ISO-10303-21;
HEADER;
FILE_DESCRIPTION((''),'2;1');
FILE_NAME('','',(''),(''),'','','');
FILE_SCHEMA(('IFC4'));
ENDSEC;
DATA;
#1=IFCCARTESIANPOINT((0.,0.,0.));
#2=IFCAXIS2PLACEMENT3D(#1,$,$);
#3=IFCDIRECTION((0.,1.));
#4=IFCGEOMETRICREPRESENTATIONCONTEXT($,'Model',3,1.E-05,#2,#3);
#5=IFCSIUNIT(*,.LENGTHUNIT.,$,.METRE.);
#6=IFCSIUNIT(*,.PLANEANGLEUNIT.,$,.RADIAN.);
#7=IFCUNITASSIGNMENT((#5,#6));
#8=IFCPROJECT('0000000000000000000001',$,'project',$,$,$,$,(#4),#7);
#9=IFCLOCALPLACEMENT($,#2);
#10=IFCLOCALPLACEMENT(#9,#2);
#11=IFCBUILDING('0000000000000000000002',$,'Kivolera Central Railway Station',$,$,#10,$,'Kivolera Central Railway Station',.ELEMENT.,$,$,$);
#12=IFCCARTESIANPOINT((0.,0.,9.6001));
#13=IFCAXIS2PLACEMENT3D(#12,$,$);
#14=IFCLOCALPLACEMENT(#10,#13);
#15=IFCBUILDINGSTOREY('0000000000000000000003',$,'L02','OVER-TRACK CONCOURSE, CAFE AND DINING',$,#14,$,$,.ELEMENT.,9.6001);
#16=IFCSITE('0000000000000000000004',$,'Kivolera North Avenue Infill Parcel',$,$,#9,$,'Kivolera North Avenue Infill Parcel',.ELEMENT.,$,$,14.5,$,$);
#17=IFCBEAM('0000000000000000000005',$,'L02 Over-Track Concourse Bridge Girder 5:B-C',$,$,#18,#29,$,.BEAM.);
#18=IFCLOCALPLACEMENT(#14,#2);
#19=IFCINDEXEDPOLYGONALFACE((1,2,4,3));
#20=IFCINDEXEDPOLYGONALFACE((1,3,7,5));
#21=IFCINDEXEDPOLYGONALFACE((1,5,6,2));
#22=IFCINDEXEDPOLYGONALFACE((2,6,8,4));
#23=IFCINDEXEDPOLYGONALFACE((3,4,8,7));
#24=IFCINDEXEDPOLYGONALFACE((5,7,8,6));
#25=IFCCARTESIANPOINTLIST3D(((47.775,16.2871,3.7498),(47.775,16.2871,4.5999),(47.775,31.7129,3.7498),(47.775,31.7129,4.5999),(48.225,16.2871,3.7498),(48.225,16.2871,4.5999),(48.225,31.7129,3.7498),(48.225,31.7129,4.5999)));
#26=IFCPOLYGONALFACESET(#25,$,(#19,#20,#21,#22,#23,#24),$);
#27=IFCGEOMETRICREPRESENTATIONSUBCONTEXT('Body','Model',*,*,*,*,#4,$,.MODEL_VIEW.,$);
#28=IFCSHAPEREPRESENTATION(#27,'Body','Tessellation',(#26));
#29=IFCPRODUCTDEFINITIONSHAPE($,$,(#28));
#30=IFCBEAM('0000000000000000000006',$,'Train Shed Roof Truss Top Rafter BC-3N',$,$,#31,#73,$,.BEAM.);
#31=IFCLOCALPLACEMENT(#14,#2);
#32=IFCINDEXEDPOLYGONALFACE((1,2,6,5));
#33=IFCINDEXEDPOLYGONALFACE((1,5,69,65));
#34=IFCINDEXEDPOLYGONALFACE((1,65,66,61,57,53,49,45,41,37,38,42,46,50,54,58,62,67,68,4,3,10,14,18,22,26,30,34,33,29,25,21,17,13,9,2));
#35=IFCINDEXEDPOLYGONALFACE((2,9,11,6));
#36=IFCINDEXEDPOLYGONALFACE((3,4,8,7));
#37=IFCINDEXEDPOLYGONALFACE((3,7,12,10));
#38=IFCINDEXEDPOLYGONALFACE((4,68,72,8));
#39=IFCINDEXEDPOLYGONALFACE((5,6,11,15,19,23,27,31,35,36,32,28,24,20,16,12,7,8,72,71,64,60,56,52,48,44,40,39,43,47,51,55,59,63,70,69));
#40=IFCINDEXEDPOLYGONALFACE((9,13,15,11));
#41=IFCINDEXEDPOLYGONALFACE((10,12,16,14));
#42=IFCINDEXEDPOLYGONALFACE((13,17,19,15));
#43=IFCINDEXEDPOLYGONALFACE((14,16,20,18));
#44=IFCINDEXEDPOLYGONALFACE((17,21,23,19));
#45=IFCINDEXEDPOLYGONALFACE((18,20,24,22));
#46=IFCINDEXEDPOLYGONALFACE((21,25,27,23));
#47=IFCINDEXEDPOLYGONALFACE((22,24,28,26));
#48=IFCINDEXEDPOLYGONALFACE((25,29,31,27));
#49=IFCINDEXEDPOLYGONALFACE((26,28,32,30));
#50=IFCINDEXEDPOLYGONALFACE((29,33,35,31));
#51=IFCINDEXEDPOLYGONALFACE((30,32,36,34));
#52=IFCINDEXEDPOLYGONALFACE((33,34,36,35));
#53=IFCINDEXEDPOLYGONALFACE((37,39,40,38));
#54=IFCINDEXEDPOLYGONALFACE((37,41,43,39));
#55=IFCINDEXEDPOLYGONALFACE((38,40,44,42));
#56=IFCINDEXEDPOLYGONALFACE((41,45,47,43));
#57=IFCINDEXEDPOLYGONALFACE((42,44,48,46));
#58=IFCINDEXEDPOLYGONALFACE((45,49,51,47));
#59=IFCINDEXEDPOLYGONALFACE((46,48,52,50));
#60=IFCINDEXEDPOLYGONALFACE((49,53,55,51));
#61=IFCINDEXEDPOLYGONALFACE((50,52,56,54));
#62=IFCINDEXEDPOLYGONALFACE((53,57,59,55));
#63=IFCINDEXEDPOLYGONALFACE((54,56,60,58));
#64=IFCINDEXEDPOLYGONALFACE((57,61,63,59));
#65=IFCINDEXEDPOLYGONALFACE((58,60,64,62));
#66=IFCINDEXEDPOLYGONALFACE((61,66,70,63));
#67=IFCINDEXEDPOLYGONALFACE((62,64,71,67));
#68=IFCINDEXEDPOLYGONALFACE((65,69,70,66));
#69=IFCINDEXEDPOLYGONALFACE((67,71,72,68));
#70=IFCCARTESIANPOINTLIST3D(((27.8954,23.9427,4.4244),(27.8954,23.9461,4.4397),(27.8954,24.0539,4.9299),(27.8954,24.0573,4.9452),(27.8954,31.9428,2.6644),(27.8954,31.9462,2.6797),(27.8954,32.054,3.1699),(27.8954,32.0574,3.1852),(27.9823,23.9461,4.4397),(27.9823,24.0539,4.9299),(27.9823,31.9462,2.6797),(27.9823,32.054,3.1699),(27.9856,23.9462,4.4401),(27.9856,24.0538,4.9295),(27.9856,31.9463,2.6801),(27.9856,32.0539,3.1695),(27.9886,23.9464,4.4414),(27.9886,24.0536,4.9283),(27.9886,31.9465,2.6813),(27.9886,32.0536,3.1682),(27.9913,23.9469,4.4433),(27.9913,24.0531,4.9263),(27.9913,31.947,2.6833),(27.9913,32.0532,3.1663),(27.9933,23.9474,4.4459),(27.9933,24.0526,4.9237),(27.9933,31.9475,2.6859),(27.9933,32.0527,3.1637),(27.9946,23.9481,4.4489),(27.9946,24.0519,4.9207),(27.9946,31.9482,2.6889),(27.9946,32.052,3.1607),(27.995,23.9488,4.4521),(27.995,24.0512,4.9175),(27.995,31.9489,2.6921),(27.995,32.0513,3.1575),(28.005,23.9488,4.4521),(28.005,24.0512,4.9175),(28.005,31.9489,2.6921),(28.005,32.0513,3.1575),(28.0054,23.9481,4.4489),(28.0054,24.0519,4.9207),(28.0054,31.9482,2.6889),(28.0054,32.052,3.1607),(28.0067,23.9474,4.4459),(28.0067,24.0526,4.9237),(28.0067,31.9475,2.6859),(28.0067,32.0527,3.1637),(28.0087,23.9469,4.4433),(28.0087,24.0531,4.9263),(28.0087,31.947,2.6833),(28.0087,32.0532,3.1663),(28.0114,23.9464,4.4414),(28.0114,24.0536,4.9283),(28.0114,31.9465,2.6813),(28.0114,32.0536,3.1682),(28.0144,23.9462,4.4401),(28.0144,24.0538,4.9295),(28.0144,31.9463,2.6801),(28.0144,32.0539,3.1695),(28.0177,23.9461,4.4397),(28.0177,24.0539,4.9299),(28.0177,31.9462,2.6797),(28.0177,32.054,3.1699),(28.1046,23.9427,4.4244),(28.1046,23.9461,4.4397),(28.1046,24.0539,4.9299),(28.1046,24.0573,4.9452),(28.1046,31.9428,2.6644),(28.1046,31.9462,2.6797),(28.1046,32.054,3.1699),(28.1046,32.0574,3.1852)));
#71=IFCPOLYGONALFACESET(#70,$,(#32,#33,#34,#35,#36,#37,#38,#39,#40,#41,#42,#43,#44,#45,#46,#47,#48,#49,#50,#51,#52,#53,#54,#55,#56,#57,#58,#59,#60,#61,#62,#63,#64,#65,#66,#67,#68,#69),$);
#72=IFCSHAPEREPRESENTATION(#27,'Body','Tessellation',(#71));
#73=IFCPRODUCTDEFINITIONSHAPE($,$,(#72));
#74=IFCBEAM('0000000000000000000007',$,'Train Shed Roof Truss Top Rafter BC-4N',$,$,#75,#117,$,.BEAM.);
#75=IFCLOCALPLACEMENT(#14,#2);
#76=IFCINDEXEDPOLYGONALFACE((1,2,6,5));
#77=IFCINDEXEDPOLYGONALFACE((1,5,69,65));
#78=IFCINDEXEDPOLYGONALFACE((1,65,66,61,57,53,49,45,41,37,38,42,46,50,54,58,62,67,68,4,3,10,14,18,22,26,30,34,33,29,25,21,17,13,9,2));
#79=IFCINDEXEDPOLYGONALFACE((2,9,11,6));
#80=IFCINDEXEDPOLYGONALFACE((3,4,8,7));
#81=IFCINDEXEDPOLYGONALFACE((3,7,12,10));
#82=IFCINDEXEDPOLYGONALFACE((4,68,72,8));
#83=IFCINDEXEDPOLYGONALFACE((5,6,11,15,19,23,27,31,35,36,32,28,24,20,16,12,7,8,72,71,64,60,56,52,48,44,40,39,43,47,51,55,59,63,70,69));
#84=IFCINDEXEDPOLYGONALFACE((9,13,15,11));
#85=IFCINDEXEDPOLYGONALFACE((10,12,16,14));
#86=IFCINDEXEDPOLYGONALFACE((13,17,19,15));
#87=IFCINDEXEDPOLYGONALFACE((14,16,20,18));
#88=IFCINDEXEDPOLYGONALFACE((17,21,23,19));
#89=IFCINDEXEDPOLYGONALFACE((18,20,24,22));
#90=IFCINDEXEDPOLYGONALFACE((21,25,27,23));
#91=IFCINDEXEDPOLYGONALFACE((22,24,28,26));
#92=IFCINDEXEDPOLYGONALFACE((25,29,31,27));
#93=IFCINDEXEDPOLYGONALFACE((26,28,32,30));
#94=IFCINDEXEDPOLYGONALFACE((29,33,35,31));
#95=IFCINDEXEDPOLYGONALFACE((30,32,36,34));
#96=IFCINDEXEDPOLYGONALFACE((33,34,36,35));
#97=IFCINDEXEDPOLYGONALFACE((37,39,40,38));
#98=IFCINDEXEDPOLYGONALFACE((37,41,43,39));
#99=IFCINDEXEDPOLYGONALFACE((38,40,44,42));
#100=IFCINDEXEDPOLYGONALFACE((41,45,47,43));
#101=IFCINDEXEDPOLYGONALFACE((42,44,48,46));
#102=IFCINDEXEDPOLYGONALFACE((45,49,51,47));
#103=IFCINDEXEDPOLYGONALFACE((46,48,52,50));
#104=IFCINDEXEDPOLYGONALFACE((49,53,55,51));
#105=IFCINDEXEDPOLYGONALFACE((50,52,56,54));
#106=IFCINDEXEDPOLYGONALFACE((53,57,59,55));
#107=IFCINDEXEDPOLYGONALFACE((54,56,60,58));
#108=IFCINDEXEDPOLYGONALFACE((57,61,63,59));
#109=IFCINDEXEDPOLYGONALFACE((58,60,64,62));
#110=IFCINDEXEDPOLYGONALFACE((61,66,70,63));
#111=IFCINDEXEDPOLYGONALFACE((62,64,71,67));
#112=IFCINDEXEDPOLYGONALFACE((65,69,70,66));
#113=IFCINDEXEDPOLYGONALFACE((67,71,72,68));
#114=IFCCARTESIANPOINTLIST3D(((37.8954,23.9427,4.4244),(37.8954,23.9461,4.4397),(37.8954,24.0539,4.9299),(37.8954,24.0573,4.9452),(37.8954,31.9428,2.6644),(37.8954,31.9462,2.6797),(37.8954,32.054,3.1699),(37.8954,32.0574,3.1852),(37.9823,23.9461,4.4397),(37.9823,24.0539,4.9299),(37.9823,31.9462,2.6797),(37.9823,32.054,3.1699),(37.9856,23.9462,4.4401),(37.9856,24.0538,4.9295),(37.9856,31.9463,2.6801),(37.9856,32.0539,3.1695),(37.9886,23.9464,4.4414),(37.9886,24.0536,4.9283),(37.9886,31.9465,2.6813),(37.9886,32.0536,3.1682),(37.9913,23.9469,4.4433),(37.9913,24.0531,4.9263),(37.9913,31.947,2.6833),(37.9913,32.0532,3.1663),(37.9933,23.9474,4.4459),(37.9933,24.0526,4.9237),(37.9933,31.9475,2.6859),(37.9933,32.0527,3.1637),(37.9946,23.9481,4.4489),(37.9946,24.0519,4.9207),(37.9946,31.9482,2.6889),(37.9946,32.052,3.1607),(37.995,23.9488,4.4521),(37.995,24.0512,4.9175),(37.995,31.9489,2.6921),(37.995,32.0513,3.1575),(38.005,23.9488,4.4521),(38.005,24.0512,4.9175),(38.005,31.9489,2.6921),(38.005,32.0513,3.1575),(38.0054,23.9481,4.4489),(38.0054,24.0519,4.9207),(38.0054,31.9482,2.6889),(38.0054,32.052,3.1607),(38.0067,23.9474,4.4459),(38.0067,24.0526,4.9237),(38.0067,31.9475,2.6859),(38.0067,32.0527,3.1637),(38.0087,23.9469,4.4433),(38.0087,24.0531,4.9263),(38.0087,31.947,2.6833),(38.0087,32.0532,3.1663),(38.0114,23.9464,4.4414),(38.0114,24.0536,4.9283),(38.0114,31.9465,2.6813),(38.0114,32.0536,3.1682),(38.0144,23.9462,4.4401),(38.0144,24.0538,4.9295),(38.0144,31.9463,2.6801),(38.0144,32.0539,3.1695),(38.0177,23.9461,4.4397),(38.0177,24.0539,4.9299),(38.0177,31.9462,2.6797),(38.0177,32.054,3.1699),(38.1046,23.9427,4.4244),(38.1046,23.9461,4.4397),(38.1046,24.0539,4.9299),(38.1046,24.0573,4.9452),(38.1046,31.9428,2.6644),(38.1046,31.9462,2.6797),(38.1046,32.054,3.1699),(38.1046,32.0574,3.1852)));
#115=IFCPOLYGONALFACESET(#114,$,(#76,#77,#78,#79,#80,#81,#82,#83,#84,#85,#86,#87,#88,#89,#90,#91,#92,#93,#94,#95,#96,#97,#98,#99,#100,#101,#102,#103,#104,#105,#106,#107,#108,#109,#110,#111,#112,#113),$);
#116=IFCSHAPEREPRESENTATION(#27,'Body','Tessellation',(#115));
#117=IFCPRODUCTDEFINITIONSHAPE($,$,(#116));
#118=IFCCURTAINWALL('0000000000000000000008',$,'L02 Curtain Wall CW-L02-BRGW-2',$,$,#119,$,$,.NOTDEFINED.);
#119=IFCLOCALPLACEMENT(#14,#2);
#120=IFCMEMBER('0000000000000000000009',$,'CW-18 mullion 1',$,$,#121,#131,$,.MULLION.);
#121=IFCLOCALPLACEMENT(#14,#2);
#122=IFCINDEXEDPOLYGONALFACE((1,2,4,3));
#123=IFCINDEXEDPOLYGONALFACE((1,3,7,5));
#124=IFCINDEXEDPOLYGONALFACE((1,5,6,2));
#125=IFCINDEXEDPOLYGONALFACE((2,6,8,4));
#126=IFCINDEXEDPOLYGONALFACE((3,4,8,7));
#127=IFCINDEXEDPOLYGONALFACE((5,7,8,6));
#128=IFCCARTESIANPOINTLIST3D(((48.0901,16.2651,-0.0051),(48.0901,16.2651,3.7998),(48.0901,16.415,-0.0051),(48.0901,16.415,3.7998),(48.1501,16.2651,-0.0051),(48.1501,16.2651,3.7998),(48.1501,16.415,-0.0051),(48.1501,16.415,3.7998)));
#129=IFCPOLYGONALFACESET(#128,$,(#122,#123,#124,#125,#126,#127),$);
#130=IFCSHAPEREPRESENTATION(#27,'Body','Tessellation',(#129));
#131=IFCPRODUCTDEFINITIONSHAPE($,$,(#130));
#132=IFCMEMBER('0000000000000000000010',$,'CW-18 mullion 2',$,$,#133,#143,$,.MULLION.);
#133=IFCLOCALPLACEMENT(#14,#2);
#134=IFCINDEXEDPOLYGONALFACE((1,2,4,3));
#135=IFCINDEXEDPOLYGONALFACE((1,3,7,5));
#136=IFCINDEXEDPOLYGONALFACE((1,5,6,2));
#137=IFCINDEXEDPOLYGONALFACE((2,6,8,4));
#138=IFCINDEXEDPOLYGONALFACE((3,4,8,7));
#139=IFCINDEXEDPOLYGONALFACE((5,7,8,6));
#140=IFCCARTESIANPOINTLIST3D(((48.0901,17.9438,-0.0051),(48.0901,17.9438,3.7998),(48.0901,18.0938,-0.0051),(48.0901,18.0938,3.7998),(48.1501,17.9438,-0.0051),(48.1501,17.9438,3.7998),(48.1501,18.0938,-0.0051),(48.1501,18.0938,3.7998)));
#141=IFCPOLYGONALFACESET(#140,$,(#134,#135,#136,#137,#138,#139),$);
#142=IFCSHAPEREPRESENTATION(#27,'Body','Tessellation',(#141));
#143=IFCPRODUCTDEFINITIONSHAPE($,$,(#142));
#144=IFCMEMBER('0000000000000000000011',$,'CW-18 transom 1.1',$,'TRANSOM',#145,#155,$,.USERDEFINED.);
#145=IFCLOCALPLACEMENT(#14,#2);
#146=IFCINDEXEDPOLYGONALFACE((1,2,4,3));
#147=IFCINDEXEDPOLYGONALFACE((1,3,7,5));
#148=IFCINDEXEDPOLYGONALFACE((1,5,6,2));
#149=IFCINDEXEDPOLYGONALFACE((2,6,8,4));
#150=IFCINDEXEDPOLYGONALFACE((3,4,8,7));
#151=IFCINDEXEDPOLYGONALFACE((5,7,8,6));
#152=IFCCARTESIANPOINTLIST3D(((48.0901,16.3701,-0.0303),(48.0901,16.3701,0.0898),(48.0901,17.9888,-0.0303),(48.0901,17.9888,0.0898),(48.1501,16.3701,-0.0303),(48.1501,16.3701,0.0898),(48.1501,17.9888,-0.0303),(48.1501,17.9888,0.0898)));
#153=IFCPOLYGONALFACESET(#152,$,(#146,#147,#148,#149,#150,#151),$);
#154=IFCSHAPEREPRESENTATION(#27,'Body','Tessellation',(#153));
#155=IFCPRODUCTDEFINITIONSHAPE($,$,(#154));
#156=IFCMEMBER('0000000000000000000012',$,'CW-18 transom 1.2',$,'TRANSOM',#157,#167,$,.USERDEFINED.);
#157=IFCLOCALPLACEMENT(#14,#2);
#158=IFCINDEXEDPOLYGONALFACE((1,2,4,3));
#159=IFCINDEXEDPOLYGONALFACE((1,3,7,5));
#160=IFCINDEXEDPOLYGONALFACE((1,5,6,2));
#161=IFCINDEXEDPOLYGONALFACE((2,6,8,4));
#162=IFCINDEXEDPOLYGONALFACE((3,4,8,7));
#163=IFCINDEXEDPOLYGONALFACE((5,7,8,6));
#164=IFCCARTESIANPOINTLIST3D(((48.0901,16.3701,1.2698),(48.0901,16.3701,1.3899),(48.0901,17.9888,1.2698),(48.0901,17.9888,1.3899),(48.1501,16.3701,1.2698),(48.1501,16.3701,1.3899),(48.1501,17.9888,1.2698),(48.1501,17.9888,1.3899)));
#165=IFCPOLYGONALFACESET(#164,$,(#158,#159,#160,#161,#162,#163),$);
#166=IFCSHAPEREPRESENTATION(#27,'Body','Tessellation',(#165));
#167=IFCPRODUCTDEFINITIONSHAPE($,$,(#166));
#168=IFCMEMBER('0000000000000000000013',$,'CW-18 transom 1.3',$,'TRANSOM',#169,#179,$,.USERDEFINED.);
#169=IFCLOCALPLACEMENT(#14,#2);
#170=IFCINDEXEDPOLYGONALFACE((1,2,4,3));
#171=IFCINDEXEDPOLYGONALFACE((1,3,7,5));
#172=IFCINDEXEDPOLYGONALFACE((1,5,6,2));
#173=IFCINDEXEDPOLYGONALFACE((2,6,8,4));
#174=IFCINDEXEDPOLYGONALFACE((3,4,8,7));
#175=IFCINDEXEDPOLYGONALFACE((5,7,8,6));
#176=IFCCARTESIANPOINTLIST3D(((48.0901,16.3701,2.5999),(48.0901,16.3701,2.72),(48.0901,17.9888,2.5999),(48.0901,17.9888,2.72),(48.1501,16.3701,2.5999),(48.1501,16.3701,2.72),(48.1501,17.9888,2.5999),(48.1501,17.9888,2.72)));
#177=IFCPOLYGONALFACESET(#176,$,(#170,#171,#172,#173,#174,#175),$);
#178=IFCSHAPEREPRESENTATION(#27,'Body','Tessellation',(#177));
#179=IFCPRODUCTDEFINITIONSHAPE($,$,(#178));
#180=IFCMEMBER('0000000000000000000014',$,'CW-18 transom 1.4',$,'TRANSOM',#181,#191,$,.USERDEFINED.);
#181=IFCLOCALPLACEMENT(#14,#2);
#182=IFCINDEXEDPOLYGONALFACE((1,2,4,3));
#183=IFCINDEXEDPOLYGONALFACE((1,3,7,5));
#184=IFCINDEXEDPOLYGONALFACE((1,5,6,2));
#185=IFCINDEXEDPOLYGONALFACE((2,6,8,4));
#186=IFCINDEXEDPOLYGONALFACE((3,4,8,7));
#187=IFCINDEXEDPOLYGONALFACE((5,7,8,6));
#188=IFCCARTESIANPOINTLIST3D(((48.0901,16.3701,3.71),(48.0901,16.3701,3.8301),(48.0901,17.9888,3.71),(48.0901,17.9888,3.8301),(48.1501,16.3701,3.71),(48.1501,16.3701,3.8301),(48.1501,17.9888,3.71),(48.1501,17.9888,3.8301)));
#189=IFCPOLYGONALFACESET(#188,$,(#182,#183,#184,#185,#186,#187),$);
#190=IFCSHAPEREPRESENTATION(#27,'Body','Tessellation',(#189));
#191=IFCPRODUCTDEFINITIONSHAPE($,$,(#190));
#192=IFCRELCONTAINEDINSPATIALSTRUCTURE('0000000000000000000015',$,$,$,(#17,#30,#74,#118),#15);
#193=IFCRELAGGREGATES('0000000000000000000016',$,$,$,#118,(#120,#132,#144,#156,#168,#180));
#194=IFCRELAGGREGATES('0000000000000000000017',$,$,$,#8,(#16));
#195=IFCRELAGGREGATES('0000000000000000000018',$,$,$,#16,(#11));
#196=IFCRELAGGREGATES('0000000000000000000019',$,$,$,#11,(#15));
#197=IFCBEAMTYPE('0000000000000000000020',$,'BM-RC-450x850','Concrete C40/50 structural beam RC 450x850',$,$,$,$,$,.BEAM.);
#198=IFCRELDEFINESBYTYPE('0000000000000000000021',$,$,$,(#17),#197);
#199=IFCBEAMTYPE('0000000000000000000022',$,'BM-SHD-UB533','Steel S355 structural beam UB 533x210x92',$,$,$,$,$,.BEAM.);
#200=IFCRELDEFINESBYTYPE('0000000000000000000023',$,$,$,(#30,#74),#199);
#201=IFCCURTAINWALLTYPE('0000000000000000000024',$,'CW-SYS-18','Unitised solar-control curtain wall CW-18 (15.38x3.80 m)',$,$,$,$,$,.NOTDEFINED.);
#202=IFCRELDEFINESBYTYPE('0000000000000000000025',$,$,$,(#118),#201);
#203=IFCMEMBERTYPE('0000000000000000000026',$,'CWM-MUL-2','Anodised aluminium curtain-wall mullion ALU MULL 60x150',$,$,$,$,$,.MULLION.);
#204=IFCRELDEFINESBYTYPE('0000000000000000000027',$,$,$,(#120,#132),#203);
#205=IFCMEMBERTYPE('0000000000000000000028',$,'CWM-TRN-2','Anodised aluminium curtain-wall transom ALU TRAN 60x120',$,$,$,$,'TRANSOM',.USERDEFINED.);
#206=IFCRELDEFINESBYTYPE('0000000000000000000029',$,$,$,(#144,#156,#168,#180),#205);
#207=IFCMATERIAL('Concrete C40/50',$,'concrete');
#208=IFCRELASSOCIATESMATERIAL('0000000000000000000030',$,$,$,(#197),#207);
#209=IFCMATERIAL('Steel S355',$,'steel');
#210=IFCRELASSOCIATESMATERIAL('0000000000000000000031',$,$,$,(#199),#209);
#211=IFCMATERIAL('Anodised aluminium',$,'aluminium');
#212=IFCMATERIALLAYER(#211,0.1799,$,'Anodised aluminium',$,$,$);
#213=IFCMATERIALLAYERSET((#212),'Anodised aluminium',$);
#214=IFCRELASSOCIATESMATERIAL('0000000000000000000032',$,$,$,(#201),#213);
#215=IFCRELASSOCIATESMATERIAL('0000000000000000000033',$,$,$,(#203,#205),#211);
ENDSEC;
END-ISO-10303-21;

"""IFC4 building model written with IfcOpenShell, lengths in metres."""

from ifc_helpers import new_model, si_unit, direction, frame, origin, origin_2d, place, context, subcontext, project, spatial, rectangle, i_section, extrude, material, layer, layer_set, material_profile, profile_set, type_object, element, aggregate, save


model = new_model("IFC4")

# Units and contexts
model_context = context("Model", 3, precision=1e-05, world=origin(), true_north=direction((0.0, 1.0)))
body_context = subcontext(model_context, "Body", "Model", "MODEL_VIEW")
ifc_project = project(units=[si_unit("LENGTHUNIT", "METRE"), si_unit("PLANEANGLEUNIT", "RADIAN")], contexts=[model_context])

# Site, building, storey
site_placement = place(None, origin())
site = spatial("IfcSite", under=ifc_project, at=site_placement, Name="Kivolera North Avenue Infill Parcel", LongName="Kivolera North Avenue Infill Parcel", CompositionType="ELEMENT", RefElevation=14.5)
building_placement = place(site_placement, origin())
building = spatial("IfcBuilding", under=site, at=building_placement, Name="Kivolera Central Railway Station", LongName="Kivolera Central Railway Station", CompositionType="ELEMENT")
storey_placement = place(building_placement, frame((0.0, 0.0, 9.6001)))
storey = spatial("IfcBuildingStorey", under=building, at=storey_placement, Name="L02", Description="OVER-TRACK CONCOURSE, CAFE AND DINING", CompositionType="ELEMENT", Elevation=9.6001)

# Beams
ifc_material_1 = material(Name="Concrete C40/50", Category="concrete")
ifc_material_profile_1 = material_profile(ifc_material_1, rectangle(XDim=0.45, YDim=0.8501, at=origin_2d()), Name="RC 450x850")
ifc_profile_set_1 = profile_set([ifc_material_profile_1], Name="Concrete C40/50")
beam_type_1 = type_object("IfcBeamType", Name="BM-RC-450x850", Description="Concrete C40/50 structural beam RC 450x850", PredefinedType="BEAM", material=ifc_profile_set_1)
beam_placement = place(storey_placement, frame((48.0, 16.2871, 4.1748), z_axis=(0.0, 1.0, 0.0), x_axis=(-1.0, 0.0, 0.0)))
element("IfcBeam", 1, at=beam_placement, inside=storey, type_object=beam_type_1, Name="L02 Over-Track Concourse Bridge Girder 5:B-C", PredefinedType="BEAM", context=body_context, shape_type="SweptSolid", body=[
    extrude(rectangle(XDim=0.45, YDim=0.8501, at=origin_2d()), origin(), (0.0, 0.0, 1.0), 15.4258),
])
ifc_material_2 = material(Name="Steel S355", Category="steel")
ifc_material_profile_2 = material_profile(ifc_material_2, i_section(OverallWidth=0.2092, OverallDepth=0.5332, WebThickness=0.01, FlangeThickness=0.0156, FilletRadius=0.0127, at=origin_2d()), Name="UB 533x210x92")
ifc_profile_set_2 = profile_set([ifc_material_profile_2], Name="Steel S355")
beam_type_2 = type_object("IfcBeamType", Name="BM-SHD-UB533", Description="Steel S355 structural beam UB 533x210x92", PredefinedType="BEAM", material=ifc_profile_set_2)
for number, where, z_axis, x_axis, name in (
    (2, (28.0, 24.0, 4.6848), (0.0, 0.976644, -0.214863), (-1.0, 0.0, 0.0), "Train Shed Roof Truss Top Rafter BC-3N"),
    (3, (38.0, 24.0, 4.6848), (0.0, 0.976644, -0.214863), (-1.0, 0.0, 0.0), "Train Shed Roof Truss Top Rafter BC-4N"),
):
    element("IfcBeam", number, at=place(storey_placement, frame(where, z_axis=z_axis, x_axis=x_axis)), inside=storey, type_object=beam_type_2, Name=name, PredefinedType="BEAM", context=body_context, shape_type="SweptSolid", body=[
        extrude(i_section(OverallWidth=0.2092, OverallDepth=0.5332, WebThickness=0.01, FlangeThickness=0.0156, FilletRadius=0.0127, at=origin_2d()), origin(), (0.0, 0.0, 1.0), 8.1914),
    ])

# Curtain wall, members
ifc_material_3 = material(Name="Anodised aluminium", Category="aluminium")
ifc_layer_1 = layer(ifc_material_3, 0.1799, Name="Anodised aluminium")
ifc_layer_set_1 = layer_set([ifc_layer_1], Name="Anodised aluminium")
curtain_wall_type = type_object("IfcCurtainWallType", Name="CW-SYS-18", Description="Unitised solar-control curtain wall CW-18 (15.38x3.80 m)", PredefinedType="NOTDEFINED", material=ifc_layer_set_1)
curtain_wall_placement = place(storey_placement, origin())
curtain_wall = element("IfcCurtainWall", 4, at=curtain_wall_placement, inside=storey, type_object=curtain_wall_type, Name="L02 Curtain Wall CW-L02-BRGW-2", PredefinedType="NOTDEFINED")
ifc_material_profile_3 = material_profile(ifc_material_3, rectangle(XDim=0.0601, YDim=0.1499, at=origin_2d()), Name="ALU MULL 60x150")
ifc_profile_set_3 = profile_set([ifc_material_profile_3], Name="Anodised aluminium")
member_type_1 = type_object("IfcMemberType", Name="CWM-MUL-2", Description="Anodised aluminium curtain-wall mullion ALU MULL 60x150", PredefinedType="MULLION", material=ifc_profile_set_3)
member_1_placement = place(storey_placement, frame((48.1201, 16.3401, -0.0051), z_axis=(0.0, 0.0, 1.0), x_axis=(-1.0, 0.0, 0.0)))
member_1 = element("IfcMember", 5, at=member_1_placement, type_object=member_type_1, Name="CW-18 mullion 1", PredefinedType="MULLION", context=body_context, shape_type="SweptSolid", body=[
    extrude(rectangle(XDim=0.0601, YDim=0.1499, at=origin_2d()), origin(), (0.0, 0.0, 1.0), 3.8049),
])
member_2_placement = place(storey_placement, frame((48.1201, 18.0188, -0.0051), z_axis=(0.0, 0.0, 1.0), x_axis=(-1.0, 0.0, 0.0)))
member_2 = element("IfcMember", 6, at=member_2_placement, type_object=member_type_1, Name="CW-18 mullion 2", PredefinedType="MULLION", context=body_context, shape_type="SweptSolid", body=[
    extrude(rectangle(XDim=0.0601, YDim=0.1499, at=origin_2d()), origin(), (0.0, 0.0, 1.0), 3.8049),
])
ifc_material_profile_4 = material_profile(ifc_material_3, rectangle(XDim=0.0601, YDim=0.1201, at=origin_2d()), Name="ALU TRAN 60x120")
ifc_profile_set_4 = profile_set([ifc_material_profile_4], Name="Anodised aluminium")
member_type_2 = type_object("IfcMemberType", Name="CWM-TRN-2", Description="Anodised aluminium curtain-wall transom ALU TRAN 60x120", ElementType="TRANSOM", PredefinedType="USERDEFINED", material=ifc_profile_set_4)
member_3_placement = place(storey_placement, frame((48.1201, 16.3701, 0.0298), z_axis=(0.0, 1.0, 0.0), x_axis=(-1.0, 0.0, 0.0)))
member_3 = element("IfcMember", 7, at=member_3_placement, type_object=member_type_2, Name="CW-18 transom 1.1", ObjectType="TRANSOM", PredefinedType="USERDEFINED", context=body_context, shape_type="SweptSolid", body=[
    extrude(rectangle(XDim=0.0601, YDim=0.1201, at=origin_2d()), origin(), (0.0, 0.0, 1.0), 1.6187),
])
member_4_placement = place(storey_placement, frame((48.1201, 16.3701, 1.3298), z_axis=(0.0, 1.0, 0.0), x_axis=(-1.0, 0.0, 0.0)))
member_4 = element("IfcMember", 8, at=member_4_placement, type_object=member_type_2, Name="CW-18 transom 1.2", ObjectType="TRANSOM", PredefinedType="USERDEFINED", context=body_context, shape_type="SweptSolid", body=[
    extrude(rectangle(XDim=0.0601, YDim=0.1201, at=origin_2d()), origin(), (0.0, 0.0, 1.0), 1.6187),
])
member_5_placement = place(storey_placement, frame((48.1201, 16.3701, 2.6599), z_axis=(0.0, 1.0, 0.0), x_axis=(-1.0, 0.0, 0.0)))
member_5 = element("IfcMember", 9, at=member_5_placement, type_object=member_type_2, Name="CW-18 transom 1.3", ObjectType="TRANSOM", PredefinedType="USERDEFINED", context=body_context, shape_type="SweptSolid", body=[
    extrude(rectangle(XDim=0.0601, YDim=0.1201, at=origin_2d()), origin(), (0.0, 0.0, 1.0), 1.6187),
])
member_6_placement = place(storey_placement, frame((48.1201, 16.3701, 3.77), z_axis=(0.0, 1.0, 0.0), x_axis=(-1.0, 0.0, 0.0)))
member_6 = element("IfcMember", 10, at=member_6_placement, type_object=member_type_2, Name="CW-18 transom 1.4", ObjectType="TRANSOM", PredefinedType="USERDEFINED", context=body_context, shape_type="SweptSolid", body=[
    extrude(rectangle(XDim=0.0601, YDim=0.1201, at=origin_2d()), origin(), (0.0, 0.0, 1.0), 1.6187),
])

aggregate(curtain_wall, [member_1, member_2, member_3, member_4, member_5, member_6])

save(model, "model.ifc")
